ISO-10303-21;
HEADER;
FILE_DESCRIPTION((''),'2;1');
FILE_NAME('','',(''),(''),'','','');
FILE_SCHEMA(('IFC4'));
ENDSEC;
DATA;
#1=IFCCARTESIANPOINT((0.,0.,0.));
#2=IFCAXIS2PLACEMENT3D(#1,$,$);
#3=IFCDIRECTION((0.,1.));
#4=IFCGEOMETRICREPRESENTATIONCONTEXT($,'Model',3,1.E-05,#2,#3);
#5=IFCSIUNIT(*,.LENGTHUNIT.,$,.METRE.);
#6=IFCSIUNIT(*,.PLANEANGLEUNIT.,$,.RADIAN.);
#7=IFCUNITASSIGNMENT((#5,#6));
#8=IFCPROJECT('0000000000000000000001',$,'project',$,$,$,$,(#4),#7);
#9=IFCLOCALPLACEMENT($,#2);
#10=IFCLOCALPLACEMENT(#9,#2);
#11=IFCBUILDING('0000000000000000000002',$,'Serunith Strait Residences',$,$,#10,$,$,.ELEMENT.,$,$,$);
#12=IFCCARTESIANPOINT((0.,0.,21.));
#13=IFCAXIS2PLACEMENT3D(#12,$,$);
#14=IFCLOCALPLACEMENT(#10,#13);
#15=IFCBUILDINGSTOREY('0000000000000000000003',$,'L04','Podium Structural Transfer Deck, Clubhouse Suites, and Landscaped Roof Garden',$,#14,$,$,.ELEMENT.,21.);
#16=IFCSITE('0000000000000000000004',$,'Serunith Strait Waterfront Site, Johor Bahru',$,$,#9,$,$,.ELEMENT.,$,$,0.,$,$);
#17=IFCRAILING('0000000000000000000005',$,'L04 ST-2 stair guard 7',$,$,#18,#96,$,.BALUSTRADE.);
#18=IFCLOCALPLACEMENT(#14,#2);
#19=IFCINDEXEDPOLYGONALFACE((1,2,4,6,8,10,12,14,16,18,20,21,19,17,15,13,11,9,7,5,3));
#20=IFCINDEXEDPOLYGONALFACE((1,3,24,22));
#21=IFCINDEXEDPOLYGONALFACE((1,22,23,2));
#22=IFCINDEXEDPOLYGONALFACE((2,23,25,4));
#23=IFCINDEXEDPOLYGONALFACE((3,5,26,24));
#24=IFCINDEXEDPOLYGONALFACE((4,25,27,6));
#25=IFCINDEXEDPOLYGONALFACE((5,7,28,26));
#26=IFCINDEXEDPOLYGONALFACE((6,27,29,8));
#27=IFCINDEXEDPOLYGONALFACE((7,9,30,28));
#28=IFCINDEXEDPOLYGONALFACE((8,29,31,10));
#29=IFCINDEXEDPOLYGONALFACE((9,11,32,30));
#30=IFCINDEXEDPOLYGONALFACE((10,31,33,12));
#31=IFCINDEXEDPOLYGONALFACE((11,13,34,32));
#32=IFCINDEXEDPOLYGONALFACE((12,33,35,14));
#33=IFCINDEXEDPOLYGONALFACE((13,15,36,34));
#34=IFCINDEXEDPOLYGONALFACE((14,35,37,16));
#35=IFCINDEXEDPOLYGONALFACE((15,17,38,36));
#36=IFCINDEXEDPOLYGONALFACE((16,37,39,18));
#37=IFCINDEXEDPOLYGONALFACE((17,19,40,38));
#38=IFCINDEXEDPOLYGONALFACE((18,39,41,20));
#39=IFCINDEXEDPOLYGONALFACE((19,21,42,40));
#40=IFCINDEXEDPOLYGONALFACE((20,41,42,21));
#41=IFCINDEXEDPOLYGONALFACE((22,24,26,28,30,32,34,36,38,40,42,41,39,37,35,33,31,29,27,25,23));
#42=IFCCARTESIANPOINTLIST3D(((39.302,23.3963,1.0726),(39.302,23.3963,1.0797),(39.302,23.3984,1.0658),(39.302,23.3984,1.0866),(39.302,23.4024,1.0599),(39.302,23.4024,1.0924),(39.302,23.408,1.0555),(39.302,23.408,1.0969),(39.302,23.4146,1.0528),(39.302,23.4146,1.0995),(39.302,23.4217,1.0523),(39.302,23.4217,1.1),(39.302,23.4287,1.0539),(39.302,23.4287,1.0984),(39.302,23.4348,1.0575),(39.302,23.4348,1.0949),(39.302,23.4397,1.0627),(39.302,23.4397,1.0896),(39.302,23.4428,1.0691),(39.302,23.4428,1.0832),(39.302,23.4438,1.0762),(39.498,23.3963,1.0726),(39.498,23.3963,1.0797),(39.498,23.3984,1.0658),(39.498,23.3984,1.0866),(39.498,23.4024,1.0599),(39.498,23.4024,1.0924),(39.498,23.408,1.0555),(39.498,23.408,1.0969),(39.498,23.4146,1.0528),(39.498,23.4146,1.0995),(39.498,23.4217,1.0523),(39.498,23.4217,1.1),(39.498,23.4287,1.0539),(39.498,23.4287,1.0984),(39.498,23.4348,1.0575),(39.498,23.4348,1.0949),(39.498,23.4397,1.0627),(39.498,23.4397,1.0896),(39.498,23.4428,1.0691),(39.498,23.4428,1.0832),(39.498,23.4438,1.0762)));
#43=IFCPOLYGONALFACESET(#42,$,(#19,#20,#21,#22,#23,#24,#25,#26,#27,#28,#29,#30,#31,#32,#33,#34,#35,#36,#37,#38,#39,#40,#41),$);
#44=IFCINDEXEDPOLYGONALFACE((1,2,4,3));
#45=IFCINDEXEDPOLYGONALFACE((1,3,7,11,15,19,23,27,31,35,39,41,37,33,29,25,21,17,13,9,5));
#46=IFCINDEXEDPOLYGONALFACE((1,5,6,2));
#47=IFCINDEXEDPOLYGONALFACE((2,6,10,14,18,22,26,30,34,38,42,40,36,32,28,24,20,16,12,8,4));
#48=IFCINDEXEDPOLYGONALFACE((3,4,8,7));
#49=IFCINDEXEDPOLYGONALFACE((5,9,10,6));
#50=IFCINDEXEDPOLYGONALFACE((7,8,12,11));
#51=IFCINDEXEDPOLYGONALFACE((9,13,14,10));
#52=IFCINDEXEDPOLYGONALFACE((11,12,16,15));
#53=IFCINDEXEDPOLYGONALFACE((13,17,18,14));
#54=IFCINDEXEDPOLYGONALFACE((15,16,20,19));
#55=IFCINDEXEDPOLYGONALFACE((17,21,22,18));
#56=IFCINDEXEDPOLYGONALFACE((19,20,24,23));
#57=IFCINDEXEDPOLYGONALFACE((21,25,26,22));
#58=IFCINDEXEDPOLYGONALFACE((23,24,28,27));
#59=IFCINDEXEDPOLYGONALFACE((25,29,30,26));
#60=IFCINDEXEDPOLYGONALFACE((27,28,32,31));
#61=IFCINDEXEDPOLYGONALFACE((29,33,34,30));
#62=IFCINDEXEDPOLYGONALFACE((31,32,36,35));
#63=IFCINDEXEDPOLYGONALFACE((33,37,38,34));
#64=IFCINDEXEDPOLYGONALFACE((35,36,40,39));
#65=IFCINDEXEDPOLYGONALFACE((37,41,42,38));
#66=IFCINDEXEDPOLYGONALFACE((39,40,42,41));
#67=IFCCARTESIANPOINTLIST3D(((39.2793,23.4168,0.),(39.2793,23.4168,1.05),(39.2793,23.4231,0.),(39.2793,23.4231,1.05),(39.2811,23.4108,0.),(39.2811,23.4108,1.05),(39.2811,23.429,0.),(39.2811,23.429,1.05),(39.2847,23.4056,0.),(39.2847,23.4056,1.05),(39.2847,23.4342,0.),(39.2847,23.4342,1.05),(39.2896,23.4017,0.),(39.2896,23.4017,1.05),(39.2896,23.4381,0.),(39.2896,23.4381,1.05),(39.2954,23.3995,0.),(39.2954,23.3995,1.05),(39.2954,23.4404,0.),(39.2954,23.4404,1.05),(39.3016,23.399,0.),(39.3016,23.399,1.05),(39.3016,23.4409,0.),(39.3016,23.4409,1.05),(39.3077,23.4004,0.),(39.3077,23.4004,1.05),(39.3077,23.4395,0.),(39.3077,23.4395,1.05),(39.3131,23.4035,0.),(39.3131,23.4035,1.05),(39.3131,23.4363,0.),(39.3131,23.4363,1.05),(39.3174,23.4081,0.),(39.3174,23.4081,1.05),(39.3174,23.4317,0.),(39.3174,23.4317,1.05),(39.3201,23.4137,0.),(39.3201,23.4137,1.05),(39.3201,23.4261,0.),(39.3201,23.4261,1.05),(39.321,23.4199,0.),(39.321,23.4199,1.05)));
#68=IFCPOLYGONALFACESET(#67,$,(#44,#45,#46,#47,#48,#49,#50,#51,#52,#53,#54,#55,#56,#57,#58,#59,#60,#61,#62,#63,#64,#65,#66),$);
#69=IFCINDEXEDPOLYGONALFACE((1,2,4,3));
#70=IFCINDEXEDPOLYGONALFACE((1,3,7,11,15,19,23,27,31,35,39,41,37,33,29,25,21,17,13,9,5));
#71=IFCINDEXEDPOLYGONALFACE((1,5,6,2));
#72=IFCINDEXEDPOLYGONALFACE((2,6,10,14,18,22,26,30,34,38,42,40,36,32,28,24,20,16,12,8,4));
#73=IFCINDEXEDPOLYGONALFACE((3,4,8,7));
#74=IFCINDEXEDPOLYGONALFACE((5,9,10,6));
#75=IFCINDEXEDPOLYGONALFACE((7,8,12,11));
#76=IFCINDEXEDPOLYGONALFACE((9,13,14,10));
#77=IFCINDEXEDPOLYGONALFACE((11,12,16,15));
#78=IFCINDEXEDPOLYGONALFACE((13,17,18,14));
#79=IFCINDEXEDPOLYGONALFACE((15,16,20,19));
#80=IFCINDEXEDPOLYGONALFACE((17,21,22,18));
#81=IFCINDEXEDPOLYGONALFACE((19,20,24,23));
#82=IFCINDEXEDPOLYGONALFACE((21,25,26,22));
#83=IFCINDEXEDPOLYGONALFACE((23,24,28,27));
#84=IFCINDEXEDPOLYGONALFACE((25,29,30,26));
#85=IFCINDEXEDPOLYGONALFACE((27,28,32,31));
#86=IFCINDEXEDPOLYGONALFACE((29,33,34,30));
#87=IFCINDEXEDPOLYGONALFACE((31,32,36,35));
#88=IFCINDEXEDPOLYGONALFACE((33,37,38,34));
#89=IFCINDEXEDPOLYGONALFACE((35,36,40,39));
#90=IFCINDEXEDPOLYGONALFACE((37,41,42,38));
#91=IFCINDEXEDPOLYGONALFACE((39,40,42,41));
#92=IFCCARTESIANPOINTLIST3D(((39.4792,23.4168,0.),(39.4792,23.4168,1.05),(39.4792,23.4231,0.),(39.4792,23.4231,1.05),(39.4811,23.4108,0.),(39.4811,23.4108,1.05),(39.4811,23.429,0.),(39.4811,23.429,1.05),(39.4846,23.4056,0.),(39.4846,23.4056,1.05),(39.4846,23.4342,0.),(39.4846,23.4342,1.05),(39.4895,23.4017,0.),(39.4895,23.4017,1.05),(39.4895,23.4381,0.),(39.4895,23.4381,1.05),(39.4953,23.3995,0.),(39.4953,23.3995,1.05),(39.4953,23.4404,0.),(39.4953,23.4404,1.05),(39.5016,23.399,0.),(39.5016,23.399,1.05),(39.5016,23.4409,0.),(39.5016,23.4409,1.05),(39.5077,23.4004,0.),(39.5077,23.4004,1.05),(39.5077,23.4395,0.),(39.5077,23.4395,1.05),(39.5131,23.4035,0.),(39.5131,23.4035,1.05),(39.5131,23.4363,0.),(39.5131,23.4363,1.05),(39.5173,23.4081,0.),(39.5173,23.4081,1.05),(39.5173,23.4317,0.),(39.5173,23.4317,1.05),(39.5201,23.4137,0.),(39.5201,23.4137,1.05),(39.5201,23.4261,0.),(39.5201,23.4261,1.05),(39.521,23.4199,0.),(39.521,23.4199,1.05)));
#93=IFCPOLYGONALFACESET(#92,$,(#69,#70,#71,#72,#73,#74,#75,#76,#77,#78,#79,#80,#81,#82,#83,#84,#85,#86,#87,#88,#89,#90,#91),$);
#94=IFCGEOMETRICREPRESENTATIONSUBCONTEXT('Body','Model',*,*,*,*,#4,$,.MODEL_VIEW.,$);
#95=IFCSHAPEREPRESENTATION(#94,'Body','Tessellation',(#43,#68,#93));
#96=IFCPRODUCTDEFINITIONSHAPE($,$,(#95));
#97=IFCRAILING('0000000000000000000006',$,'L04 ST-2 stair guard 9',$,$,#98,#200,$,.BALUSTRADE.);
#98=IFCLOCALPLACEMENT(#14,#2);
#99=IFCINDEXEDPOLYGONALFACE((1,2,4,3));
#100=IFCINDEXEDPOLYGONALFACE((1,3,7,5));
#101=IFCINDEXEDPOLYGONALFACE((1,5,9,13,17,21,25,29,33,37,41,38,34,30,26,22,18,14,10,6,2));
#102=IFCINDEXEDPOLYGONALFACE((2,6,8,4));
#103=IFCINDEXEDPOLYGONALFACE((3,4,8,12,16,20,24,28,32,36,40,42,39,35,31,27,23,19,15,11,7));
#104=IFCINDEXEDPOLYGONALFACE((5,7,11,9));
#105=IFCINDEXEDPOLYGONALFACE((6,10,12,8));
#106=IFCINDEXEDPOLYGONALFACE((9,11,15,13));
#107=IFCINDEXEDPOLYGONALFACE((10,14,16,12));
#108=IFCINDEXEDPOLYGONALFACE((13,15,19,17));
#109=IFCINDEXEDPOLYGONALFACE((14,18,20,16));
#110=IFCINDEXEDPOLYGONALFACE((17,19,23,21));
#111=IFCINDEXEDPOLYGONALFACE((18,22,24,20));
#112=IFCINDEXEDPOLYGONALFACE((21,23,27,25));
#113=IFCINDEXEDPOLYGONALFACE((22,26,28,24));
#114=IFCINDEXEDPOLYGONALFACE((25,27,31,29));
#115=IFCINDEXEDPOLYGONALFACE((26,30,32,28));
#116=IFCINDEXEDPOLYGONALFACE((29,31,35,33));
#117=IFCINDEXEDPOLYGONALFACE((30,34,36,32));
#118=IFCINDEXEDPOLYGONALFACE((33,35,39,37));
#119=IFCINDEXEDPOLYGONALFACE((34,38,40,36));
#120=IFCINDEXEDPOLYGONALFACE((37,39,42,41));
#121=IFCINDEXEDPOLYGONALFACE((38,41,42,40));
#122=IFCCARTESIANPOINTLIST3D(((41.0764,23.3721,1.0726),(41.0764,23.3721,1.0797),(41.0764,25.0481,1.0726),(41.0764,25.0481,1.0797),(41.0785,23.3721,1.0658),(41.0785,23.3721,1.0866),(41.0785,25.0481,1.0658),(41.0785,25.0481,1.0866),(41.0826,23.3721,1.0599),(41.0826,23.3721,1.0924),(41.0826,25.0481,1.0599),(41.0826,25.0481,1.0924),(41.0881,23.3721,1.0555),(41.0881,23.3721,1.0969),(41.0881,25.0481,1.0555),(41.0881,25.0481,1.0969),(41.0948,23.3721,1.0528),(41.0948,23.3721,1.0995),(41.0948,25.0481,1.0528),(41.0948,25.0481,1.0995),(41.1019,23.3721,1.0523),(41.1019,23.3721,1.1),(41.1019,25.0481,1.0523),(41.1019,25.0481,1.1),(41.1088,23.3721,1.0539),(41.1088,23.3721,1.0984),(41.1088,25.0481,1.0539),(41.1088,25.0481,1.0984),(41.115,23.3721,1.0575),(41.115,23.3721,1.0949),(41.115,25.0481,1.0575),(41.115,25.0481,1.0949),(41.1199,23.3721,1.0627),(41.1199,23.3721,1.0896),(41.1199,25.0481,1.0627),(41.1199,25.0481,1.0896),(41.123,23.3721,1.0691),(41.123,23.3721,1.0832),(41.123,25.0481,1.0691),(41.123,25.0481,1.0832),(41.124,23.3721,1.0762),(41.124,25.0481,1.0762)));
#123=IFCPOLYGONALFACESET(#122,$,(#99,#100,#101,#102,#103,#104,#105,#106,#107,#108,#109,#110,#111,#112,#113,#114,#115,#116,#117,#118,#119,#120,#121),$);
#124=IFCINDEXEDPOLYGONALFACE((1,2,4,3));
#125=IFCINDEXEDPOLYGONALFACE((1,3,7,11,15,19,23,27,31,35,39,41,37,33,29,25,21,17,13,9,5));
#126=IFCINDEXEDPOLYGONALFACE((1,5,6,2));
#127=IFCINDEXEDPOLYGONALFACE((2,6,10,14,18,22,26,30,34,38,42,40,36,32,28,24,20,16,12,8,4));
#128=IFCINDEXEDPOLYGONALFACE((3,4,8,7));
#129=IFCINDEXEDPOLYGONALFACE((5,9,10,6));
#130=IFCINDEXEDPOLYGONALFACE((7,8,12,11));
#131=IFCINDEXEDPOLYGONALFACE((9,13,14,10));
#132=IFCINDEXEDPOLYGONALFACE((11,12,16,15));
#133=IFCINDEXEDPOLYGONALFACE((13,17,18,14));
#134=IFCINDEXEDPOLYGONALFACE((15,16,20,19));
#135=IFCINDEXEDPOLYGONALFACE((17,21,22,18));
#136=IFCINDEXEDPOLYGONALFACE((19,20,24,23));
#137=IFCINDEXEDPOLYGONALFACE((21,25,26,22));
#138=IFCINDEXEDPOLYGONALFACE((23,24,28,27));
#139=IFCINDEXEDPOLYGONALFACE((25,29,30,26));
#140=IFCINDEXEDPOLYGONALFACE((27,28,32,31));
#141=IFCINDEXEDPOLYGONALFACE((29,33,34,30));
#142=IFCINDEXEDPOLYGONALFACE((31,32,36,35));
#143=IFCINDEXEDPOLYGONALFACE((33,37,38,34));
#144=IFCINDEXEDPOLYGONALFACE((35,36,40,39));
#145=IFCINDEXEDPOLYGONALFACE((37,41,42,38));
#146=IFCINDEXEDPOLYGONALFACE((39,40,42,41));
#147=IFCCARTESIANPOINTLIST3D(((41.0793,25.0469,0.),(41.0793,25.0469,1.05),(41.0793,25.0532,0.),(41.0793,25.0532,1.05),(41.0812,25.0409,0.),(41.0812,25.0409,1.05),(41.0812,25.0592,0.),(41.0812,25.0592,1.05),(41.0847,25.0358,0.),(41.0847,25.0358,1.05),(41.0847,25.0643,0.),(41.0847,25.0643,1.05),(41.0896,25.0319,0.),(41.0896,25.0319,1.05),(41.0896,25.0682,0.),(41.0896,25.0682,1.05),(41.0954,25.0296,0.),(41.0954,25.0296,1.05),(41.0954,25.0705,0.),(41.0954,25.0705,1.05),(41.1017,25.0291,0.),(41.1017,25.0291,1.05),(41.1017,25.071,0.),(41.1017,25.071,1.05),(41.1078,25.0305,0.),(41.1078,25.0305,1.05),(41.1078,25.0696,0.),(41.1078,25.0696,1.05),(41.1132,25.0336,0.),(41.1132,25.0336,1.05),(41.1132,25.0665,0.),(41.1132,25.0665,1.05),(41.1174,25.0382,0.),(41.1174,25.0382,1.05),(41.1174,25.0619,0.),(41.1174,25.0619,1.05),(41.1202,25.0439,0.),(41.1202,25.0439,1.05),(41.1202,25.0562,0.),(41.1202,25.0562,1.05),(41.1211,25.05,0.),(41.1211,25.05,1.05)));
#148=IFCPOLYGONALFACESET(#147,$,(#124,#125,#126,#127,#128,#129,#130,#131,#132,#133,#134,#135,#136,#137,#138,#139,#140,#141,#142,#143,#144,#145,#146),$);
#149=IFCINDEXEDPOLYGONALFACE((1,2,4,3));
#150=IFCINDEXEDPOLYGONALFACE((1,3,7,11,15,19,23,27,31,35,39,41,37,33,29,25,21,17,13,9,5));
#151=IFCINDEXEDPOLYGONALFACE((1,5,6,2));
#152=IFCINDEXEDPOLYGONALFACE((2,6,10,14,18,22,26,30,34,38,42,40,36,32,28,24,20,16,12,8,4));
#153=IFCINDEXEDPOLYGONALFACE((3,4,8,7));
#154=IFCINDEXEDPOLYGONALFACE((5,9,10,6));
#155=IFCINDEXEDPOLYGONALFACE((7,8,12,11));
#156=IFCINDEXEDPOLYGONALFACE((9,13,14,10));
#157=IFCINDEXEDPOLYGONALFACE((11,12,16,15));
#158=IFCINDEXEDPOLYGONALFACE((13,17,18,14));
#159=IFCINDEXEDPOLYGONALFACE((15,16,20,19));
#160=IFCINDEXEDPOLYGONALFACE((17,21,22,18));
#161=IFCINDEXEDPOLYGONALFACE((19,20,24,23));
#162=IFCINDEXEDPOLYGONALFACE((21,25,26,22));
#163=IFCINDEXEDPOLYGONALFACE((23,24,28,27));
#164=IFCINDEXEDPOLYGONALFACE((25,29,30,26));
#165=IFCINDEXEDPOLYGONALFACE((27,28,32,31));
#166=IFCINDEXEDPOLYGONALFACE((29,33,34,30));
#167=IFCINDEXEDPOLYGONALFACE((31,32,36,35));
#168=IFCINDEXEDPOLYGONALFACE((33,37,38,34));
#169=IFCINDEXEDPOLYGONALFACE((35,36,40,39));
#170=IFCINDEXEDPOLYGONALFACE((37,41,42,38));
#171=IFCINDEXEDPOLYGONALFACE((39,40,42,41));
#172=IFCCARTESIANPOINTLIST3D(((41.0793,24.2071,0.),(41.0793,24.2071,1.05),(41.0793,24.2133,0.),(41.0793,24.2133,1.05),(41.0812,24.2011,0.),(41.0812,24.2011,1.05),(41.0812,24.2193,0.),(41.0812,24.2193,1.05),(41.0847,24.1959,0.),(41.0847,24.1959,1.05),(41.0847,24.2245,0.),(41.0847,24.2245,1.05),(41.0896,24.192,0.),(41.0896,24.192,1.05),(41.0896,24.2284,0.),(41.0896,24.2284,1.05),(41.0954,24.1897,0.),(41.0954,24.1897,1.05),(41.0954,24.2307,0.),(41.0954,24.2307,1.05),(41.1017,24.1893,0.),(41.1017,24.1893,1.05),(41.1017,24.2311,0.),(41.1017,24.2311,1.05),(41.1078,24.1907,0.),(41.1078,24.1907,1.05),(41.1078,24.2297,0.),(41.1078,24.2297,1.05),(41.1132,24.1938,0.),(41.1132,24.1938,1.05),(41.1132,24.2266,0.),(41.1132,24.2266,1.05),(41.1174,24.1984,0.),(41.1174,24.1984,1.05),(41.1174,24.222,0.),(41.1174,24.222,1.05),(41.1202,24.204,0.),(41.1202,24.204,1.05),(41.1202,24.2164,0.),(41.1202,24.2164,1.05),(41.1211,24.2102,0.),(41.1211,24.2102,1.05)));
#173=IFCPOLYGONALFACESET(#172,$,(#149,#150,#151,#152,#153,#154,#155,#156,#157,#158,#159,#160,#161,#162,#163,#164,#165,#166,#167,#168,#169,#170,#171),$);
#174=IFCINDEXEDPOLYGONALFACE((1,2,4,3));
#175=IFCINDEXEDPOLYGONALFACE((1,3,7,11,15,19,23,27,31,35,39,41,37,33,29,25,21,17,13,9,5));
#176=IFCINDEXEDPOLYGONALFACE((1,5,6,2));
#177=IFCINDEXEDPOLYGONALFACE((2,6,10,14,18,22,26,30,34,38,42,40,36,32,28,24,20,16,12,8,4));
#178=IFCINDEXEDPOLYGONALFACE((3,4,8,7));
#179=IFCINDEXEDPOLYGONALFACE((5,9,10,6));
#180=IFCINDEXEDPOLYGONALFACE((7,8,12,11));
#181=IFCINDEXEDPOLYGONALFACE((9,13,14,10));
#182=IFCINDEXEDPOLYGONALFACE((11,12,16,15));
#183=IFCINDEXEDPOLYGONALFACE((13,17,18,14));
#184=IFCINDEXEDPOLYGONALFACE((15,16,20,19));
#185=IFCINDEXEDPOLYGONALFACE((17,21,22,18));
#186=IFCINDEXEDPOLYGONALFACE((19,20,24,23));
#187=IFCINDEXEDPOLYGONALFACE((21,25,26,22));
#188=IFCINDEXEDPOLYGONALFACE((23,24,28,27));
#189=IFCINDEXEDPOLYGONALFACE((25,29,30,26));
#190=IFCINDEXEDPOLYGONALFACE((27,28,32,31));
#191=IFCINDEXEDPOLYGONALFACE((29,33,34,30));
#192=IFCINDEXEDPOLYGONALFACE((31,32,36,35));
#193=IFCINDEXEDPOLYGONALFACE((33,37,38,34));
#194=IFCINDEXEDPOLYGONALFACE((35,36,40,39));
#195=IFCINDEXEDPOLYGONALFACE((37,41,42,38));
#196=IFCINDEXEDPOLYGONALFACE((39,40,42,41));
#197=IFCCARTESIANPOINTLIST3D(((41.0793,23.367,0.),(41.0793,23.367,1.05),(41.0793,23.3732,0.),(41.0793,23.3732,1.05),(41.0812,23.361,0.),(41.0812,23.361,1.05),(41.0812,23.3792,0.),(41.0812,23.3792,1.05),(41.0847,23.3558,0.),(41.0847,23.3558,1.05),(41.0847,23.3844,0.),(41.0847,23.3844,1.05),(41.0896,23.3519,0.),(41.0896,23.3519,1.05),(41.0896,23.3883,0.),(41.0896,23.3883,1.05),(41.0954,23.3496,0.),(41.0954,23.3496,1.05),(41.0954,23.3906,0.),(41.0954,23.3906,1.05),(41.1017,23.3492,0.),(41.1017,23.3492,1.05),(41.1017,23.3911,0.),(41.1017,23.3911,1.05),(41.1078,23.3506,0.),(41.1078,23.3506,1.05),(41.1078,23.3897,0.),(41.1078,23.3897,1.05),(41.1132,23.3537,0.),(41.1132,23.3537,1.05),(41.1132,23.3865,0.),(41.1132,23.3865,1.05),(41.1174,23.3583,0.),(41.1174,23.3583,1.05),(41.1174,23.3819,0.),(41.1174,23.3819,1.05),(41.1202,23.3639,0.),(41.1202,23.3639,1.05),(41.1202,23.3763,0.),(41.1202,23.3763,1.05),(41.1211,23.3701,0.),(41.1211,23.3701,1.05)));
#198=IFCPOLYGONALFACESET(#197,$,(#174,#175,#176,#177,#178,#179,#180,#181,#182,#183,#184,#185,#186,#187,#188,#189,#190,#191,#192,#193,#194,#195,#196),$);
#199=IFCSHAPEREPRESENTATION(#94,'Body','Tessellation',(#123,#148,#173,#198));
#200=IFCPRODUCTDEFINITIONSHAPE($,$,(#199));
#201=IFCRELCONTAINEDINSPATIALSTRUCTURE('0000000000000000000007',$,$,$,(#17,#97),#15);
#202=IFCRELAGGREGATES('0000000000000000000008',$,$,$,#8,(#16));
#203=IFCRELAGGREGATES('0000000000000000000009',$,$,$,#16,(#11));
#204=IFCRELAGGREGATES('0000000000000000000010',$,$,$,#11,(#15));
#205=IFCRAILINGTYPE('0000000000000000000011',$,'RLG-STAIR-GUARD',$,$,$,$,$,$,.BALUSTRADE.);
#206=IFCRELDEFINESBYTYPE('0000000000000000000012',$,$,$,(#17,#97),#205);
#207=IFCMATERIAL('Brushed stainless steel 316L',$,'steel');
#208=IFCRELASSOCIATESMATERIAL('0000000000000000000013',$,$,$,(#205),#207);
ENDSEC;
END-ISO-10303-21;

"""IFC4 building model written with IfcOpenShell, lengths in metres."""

from ifc_helpers import new_model, si_unit, direction, frame, origin, origin_2d, place, context, subcontext, project, spatial, circle, extrude, material, type_object, element, save


model = new_model("IFC4")

# Units and contexts
model_context = context("Model", 3, precision=1e-05, world=origin(), true_north=direction((0.0, 1.0)))
body_context = subcontext(model_context, "Body", "Model", "MODEL_VIEW")
ifc_project = project(units=[si_unit("LENGTHUNIT", "METRE"), si_unit("PLANEANGLEUNIT", "RADIAN")], contexts=[model_context])

# Site, building, storey
site_placement = place(None, origin())
site = spatial("IfcSite", under=ifc_project, at=site_placement, Name="Serunith Strait Waterfront Site, Johor Bahru", CompositionType="ELEMENT", RefElevation=0.0)
building_placement = place(site_placement, origin())
building = spatial("IfcBuilding", under=site, at=building_placement, Name="Serunith Strait Residences", CompositionType="ELEMENT")
storey_placement = place(building_placement, frame((0.0, 0.0, 21.0)))
storey = spatial("IfcBuildingStorey", under=building, at=storey_placement, Name="L04", Description="Podium Structural Transfer Deck, Clubhouse Suites, and Landscaped Roof Garden", CompositionType="ELEMENT", Elevation=21.0)

# Railings
ifc_material_1 = material(Name="Brushed stainless steel 316L", Category="steel")
railing_type_1 = type_object("IfcRailingType", Name="RLG-STAIR-GUARD", PredefinedType="BALUSTRADE", material=ifc_material_1)
railing_1_placement = place(storey_placement, frame((39.3, 23.4199, 0.0)))
element("IfcRailing", 1, at=railing_1_placement, inside=storey, type_object=railing_type_1, Name="L04 ST-2 stair guard 7", PredefinedType="BALUSTRADE", context=body_context, shape_type="SweptSolid", body=[
    extrude(circle(Radius=0.0239, at=origin_2d()), frame((0.002, 0.0, 1.0762), z_axis=(1.0, 0.0, 0.0), x_axis=(0.0, 1.0, 0.0)), (0.0, 0.0, 1.0), 0.196),
    extrude(circle(Radius=0.021, at=origin_2d()), origin(), (0.0, 0.0, 1.0), 1.05),
    extrude(circle(Radius=0.021, at=origin_2d()), frame((0.2, 0.0, 0.0)), (0.0, 0.0, 1.0), 1.05),
])
railing_2_placement = place(storey_placement, frame((41.1001, 25.05, 0.0)))
element("IfcRailing", 2, at=railing_2_placement, inside=storey, type_object=railing_type_1, Name="L04 ST-2 stair guard 9", PredefinedType="BALUSTRADE", context=body_context, shape_type="SweptSolid", body=[
    extrude(circle(Radius=0.0239, at=origin_2d()), frame((0.0, -0.002, 1.0762), z_axis=(0.0, -1.0, 0.0), x_axis=(1.0, 0.0, 0.0)), (0.0, 0.0, 1.0), 1.676),
    extrude(circle(Radius=0.021, at=origin_2d()), origin(), (0.0, 0.0, 1.0), 1.05),
    extrude(circle(Radius=0.021, at=origin_2d()), frame((0.0, -0.8398, 0.0)), (0.0, 0.0, 1.0), 1.05),
    extrude(circle(Radius=0.021, at=origin_2d()), frame((0.0, -1.6799, 0.0)), (0.0, 0.0, 1.0), 1.05),
])

save(model, "model.ifc")
